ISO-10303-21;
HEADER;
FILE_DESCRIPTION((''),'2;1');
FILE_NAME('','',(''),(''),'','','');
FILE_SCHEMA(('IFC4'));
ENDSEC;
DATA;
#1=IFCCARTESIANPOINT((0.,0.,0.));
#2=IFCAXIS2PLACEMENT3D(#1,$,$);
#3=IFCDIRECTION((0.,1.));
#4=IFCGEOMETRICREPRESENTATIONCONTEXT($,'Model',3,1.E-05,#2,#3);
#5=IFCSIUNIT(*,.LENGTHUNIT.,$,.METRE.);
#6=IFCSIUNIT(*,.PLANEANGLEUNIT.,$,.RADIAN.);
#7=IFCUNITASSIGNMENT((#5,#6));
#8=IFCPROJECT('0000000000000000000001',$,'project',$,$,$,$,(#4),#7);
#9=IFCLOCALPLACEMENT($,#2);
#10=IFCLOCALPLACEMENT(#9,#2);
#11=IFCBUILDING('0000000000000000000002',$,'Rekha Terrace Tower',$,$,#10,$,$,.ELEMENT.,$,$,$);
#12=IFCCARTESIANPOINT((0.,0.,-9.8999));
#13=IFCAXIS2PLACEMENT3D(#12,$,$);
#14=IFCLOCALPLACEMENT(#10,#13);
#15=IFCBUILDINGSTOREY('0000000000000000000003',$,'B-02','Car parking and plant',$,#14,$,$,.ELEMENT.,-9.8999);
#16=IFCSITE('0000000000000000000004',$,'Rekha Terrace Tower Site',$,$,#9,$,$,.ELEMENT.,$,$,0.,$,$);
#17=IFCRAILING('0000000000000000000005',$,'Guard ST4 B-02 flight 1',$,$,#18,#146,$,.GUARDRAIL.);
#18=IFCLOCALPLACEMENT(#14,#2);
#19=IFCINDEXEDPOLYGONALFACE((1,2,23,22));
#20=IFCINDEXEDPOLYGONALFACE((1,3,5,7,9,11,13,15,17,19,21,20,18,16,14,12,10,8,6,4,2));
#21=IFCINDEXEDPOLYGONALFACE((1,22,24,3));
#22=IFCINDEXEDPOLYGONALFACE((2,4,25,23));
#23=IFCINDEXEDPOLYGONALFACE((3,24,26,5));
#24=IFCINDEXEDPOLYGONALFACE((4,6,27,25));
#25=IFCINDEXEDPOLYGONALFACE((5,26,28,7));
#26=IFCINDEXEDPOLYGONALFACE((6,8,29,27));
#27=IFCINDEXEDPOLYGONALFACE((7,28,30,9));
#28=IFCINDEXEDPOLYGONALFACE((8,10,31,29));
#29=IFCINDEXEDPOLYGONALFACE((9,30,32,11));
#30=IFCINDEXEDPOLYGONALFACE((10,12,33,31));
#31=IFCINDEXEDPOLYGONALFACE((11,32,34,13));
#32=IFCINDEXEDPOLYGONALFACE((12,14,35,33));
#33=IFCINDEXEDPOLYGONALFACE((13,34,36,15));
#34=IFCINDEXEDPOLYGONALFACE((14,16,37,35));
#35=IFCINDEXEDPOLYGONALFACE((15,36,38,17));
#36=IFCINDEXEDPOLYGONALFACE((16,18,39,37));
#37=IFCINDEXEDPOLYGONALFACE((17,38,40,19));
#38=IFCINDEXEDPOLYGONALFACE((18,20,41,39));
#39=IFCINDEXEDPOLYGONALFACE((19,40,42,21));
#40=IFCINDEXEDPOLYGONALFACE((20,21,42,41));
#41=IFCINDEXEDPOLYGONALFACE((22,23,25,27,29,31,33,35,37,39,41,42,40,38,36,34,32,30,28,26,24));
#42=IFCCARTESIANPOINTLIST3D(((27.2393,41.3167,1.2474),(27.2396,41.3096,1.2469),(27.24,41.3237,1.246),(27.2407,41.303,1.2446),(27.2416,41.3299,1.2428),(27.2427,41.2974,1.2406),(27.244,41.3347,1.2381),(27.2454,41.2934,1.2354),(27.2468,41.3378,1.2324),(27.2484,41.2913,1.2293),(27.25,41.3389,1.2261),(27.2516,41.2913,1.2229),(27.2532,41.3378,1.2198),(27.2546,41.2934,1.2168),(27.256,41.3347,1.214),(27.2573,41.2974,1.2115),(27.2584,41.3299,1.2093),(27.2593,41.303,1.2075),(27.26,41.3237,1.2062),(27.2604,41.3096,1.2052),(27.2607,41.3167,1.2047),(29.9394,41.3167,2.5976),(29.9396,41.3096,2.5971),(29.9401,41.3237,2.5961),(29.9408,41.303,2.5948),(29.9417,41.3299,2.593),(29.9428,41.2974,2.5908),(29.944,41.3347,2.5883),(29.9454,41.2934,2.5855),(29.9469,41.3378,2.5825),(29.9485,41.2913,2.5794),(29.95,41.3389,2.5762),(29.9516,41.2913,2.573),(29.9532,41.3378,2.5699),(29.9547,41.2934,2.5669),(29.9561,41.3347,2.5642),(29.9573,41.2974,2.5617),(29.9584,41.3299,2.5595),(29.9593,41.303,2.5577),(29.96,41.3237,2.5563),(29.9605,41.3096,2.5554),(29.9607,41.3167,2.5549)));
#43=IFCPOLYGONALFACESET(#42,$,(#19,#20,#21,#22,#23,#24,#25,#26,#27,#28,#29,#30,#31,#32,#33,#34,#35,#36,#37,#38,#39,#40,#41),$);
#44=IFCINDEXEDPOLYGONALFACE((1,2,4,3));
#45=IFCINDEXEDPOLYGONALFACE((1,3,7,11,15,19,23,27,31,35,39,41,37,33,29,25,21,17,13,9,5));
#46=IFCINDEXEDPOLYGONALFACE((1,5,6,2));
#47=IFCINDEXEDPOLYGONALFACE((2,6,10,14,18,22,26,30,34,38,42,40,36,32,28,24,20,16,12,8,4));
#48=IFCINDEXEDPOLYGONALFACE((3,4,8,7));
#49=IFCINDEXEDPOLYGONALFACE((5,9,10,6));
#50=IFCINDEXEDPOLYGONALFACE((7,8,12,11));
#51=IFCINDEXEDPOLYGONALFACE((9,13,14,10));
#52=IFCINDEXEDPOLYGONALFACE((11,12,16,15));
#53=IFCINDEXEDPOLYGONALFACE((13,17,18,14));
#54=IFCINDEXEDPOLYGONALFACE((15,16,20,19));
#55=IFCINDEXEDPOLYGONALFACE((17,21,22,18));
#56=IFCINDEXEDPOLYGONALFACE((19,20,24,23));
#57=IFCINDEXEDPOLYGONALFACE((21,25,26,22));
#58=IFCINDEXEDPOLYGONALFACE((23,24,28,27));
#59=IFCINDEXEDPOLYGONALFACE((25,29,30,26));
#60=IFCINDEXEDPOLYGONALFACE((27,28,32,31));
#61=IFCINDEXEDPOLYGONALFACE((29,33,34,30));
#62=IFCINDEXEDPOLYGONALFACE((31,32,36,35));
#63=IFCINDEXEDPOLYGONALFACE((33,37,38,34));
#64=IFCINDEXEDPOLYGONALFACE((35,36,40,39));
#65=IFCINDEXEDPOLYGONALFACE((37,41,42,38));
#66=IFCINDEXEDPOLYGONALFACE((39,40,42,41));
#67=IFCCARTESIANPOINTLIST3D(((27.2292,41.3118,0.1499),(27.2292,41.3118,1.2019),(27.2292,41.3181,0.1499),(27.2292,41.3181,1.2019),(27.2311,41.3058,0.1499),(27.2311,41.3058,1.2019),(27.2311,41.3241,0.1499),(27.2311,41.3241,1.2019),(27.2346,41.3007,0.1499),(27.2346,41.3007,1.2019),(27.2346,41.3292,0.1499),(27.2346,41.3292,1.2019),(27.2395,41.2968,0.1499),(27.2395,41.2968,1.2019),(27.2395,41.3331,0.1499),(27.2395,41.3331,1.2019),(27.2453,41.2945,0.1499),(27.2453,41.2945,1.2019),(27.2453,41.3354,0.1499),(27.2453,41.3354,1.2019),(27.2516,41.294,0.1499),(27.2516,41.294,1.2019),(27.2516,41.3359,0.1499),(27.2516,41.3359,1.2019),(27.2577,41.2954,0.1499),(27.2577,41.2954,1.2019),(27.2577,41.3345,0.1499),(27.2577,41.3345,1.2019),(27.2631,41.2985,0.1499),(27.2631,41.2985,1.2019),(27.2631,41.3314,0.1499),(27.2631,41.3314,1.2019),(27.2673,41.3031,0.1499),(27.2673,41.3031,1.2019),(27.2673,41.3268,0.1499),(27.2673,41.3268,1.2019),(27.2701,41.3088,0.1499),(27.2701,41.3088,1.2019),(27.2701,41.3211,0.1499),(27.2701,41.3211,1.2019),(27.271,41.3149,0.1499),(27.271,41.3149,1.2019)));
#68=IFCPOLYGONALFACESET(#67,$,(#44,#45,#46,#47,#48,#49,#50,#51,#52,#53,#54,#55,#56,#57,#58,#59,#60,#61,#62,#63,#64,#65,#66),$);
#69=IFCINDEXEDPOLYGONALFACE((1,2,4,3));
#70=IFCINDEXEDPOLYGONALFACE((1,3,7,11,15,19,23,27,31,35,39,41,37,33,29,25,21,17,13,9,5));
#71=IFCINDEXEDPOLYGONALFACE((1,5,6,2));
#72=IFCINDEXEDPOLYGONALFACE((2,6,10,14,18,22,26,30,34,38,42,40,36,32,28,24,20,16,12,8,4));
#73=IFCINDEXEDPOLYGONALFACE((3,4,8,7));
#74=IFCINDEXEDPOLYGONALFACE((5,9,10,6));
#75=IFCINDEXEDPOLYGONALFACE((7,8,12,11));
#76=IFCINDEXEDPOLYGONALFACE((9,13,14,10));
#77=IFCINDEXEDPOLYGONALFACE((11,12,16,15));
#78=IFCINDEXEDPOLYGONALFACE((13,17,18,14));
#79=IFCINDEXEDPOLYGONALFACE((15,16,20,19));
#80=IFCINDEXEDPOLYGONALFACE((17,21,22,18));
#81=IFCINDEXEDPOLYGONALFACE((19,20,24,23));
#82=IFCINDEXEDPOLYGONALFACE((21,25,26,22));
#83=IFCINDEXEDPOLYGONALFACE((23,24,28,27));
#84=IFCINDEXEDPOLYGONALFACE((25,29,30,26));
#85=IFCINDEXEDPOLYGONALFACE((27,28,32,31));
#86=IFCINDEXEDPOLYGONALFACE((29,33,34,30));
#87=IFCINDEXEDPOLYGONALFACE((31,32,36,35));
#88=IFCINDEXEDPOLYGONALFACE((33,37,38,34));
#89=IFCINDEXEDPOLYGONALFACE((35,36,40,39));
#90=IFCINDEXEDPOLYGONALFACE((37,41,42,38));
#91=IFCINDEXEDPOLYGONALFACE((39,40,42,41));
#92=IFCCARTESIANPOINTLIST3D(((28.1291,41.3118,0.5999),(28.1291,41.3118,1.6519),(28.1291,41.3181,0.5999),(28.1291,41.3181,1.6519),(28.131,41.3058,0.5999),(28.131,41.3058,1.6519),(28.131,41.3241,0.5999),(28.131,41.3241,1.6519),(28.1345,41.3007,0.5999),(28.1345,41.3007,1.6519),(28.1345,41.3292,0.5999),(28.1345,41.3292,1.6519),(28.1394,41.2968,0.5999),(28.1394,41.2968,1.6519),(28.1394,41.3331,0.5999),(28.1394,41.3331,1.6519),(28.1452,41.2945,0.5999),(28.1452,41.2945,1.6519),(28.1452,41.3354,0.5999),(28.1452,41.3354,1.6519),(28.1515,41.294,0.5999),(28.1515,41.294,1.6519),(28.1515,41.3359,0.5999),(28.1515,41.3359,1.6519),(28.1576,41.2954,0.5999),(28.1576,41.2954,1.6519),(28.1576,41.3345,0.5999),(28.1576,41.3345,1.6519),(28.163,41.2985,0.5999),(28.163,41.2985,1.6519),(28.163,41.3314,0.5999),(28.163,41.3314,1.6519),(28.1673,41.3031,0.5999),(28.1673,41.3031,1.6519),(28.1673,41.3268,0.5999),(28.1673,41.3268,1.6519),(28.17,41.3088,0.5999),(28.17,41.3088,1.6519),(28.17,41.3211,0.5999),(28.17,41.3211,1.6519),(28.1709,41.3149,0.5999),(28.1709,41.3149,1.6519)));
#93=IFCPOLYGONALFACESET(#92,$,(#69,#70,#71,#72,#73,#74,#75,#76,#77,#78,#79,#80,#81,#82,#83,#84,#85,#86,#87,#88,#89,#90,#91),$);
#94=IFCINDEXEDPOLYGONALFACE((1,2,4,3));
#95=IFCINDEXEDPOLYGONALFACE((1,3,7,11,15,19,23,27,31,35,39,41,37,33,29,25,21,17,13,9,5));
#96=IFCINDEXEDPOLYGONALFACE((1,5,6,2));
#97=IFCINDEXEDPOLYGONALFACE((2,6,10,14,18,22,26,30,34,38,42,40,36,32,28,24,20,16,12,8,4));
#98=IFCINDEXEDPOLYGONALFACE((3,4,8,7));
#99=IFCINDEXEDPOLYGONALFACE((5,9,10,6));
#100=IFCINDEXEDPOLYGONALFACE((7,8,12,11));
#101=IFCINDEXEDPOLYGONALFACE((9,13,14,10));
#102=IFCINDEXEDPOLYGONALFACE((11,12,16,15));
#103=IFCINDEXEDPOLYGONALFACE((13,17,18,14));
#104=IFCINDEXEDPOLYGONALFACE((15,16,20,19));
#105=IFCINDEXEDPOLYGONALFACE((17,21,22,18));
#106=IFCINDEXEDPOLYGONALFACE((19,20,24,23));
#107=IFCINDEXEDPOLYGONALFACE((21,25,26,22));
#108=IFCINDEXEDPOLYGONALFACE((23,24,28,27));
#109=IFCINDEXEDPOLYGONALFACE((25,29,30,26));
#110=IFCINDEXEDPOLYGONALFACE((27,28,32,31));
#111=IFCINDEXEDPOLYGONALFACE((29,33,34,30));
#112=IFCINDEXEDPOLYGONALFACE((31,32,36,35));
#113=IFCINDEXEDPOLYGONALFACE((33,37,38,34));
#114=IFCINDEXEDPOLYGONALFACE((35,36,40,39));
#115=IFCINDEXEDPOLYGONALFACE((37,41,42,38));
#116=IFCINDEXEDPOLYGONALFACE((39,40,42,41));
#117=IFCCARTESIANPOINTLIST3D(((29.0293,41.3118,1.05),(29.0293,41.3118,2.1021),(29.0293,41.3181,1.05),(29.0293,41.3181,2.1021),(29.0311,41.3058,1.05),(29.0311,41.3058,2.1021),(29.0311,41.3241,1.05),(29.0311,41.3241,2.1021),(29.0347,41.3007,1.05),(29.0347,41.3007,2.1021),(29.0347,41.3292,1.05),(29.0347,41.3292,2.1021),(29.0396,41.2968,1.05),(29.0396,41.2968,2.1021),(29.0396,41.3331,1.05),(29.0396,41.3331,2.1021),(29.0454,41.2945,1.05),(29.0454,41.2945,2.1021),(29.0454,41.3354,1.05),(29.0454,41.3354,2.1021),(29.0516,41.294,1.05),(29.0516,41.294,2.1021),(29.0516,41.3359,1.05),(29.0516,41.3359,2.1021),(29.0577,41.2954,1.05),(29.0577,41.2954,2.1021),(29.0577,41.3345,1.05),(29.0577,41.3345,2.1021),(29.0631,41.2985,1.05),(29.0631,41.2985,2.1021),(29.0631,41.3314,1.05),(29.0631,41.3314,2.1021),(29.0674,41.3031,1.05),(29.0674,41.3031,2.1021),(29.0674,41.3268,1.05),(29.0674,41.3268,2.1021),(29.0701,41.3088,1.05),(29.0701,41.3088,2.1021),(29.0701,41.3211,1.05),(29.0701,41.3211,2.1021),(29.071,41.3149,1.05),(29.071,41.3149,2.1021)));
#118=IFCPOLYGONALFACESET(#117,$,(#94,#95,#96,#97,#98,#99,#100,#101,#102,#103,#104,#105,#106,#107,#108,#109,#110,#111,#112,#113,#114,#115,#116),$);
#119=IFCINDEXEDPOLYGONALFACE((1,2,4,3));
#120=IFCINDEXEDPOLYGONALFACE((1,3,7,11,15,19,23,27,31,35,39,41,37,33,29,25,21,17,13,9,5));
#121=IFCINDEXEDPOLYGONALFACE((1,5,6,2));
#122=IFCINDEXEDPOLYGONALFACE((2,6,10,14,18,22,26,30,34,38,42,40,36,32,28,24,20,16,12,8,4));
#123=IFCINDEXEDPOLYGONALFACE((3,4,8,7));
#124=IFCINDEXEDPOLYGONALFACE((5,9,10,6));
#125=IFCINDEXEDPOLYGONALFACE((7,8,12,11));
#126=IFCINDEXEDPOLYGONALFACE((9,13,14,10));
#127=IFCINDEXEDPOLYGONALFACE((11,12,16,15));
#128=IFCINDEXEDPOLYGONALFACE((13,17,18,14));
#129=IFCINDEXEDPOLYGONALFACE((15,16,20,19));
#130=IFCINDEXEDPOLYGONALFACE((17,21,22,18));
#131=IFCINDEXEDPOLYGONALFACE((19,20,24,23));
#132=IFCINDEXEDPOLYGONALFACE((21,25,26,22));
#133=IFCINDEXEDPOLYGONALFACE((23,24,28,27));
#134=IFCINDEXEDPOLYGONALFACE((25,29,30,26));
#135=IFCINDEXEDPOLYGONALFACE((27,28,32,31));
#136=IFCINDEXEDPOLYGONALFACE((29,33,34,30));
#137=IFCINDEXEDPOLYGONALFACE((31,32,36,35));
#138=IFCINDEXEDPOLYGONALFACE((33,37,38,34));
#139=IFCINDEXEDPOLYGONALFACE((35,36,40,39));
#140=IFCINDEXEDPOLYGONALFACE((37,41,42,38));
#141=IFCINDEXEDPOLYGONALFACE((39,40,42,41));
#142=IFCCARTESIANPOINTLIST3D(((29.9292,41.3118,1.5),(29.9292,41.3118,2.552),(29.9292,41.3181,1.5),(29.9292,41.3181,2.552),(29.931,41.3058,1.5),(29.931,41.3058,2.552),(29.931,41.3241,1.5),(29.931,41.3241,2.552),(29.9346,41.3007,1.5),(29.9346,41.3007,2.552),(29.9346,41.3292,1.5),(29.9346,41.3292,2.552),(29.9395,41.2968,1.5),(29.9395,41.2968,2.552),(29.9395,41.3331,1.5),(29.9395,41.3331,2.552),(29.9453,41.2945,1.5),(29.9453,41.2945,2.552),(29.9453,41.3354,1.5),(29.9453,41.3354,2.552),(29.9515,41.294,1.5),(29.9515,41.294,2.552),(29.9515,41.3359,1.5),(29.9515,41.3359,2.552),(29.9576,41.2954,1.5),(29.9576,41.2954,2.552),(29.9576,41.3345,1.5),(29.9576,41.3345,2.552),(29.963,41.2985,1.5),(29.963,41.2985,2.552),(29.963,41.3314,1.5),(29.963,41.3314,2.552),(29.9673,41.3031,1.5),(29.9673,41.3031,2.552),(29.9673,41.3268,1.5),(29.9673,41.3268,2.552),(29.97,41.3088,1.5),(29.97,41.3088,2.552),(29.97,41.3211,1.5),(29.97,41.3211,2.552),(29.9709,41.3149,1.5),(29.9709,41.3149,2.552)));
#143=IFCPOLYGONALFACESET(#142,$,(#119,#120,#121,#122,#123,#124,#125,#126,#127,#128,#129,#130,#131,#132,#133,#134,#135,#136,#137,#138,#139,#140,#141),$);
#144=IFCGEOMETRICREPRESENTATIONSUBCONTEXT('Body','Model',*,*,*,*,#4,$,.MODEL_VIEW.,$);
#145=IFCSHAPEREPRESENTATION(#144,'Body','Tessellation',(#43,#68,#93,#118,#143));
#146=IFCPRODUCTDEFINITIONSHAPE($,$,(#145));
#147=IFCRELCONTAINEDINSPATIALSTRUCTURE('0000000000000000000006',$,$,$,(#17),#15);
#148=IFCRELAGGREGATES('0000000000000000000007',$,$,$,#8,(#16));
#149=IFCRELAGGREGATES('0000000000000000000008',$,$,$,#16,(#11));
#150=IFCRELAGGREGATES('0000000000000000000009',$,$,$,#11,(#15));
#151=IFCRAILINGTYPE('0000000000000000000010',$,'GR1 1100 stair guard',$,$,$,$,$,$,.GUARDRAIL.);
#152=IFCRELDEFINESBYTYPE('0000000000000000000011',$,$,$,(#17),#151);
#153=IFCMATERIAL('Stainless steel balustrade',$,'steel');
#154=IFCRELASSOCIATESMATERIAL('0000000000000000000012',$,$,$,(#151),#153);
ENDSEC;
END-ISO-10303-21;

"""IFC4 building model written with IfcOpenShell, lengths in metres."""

from ifc_helpers import new_model, si_unit, direction, frame, origin, origin_2d, place, context, subcontext, project, spatial, circle, extrude, material, type_object, element, save


model = new_model("IFC4")

# Units and contexts
model_context = context("Model", 3, precision=1e-05, world=origin(), true_north=direction((0.0, 1.0)))
body_context = subcontext(model_context, "Body", "Model", "MODEL_VIEW")
ifc_project = project(units=[si_unit("LENGTHUNIT", "METRE"), si_unit("PLANEANGLEUNIT", "RADIAN")], contexts=[model_context])

# Site, building, storey
site_placement = place(None, origin())
site = spatial("IfcSite", under=ifc_project, at=site_placement, Name="Rekha Terrace Tower Site", CompositionType="ELEMENT", RefElevation=0.0)
building_placement = place(site_placement, origin())
building = spatial("IfcBuilding", under=site, at=building_placement, Name="Rekha Terrace Tower", CompositionType="ELEMENT")
storey_placement = place(building_placement, frame((0.0, 0.0, -9.8999)))
storey = spatial("IfcBuildingStorey", under=building, at=storey_placement, Name="B-02", Description="Car parking and plant", CompositionType="ELEMENT", Elevation=-9.8999)

# Railing
ifc_material_1 = material(Name="Stainless steel balustrade", Category="steel")
railing_type_1 = type_object("IfcRailingType", Name="GR1 1100 stair guard", PredefinedType="GUARDRAIL", material=ifc_material_1)
railing_1_placement = place(storey_placement, frame((27.25, 41.3149, 0.1499)))
element("IfcRailing", 1, at=railing_1_placement, inside=storey, type_object=railing_type_1, Name="Guard ST4 B-02 flight 1", PredefinedType="GUARDRAIL", context=body_context, shape_type="SweptSolid", body=[
    extrude(circle(Radius=0.0239, at=origin_2d()), frame((0.0, 0.0, 1.0762), z_axis=(0.894411, 0.0, 0.447246), x_axis=(0.0, 1.0, 0.0)), (0.0, 0.0, 1.0), 3.0188),
    extrude(circle(Radius=0.021, at=origin_2d()), origin(), (0.0, 0.0, 1.0), 1.052),
    extrude(circle(Radius=0.021, at=origin_2d()), frame((0.8999, 0.0, 0.45)), (0.0, 0.0, 1.0), 1.052),
    extrude(circle(Radius=0.021, at=origin_2d()), frame((1.8, 0.0, 0.9001)), (0.0, 0.0, 1.0), 1.052),
    extrude(circle(Radius=0.021, at=origin_2d()), frame((2.7, 0.0, 1.3501)), (0.0, 0.0, 1.0), 1.052),
])

save(model, "model.ifc")
